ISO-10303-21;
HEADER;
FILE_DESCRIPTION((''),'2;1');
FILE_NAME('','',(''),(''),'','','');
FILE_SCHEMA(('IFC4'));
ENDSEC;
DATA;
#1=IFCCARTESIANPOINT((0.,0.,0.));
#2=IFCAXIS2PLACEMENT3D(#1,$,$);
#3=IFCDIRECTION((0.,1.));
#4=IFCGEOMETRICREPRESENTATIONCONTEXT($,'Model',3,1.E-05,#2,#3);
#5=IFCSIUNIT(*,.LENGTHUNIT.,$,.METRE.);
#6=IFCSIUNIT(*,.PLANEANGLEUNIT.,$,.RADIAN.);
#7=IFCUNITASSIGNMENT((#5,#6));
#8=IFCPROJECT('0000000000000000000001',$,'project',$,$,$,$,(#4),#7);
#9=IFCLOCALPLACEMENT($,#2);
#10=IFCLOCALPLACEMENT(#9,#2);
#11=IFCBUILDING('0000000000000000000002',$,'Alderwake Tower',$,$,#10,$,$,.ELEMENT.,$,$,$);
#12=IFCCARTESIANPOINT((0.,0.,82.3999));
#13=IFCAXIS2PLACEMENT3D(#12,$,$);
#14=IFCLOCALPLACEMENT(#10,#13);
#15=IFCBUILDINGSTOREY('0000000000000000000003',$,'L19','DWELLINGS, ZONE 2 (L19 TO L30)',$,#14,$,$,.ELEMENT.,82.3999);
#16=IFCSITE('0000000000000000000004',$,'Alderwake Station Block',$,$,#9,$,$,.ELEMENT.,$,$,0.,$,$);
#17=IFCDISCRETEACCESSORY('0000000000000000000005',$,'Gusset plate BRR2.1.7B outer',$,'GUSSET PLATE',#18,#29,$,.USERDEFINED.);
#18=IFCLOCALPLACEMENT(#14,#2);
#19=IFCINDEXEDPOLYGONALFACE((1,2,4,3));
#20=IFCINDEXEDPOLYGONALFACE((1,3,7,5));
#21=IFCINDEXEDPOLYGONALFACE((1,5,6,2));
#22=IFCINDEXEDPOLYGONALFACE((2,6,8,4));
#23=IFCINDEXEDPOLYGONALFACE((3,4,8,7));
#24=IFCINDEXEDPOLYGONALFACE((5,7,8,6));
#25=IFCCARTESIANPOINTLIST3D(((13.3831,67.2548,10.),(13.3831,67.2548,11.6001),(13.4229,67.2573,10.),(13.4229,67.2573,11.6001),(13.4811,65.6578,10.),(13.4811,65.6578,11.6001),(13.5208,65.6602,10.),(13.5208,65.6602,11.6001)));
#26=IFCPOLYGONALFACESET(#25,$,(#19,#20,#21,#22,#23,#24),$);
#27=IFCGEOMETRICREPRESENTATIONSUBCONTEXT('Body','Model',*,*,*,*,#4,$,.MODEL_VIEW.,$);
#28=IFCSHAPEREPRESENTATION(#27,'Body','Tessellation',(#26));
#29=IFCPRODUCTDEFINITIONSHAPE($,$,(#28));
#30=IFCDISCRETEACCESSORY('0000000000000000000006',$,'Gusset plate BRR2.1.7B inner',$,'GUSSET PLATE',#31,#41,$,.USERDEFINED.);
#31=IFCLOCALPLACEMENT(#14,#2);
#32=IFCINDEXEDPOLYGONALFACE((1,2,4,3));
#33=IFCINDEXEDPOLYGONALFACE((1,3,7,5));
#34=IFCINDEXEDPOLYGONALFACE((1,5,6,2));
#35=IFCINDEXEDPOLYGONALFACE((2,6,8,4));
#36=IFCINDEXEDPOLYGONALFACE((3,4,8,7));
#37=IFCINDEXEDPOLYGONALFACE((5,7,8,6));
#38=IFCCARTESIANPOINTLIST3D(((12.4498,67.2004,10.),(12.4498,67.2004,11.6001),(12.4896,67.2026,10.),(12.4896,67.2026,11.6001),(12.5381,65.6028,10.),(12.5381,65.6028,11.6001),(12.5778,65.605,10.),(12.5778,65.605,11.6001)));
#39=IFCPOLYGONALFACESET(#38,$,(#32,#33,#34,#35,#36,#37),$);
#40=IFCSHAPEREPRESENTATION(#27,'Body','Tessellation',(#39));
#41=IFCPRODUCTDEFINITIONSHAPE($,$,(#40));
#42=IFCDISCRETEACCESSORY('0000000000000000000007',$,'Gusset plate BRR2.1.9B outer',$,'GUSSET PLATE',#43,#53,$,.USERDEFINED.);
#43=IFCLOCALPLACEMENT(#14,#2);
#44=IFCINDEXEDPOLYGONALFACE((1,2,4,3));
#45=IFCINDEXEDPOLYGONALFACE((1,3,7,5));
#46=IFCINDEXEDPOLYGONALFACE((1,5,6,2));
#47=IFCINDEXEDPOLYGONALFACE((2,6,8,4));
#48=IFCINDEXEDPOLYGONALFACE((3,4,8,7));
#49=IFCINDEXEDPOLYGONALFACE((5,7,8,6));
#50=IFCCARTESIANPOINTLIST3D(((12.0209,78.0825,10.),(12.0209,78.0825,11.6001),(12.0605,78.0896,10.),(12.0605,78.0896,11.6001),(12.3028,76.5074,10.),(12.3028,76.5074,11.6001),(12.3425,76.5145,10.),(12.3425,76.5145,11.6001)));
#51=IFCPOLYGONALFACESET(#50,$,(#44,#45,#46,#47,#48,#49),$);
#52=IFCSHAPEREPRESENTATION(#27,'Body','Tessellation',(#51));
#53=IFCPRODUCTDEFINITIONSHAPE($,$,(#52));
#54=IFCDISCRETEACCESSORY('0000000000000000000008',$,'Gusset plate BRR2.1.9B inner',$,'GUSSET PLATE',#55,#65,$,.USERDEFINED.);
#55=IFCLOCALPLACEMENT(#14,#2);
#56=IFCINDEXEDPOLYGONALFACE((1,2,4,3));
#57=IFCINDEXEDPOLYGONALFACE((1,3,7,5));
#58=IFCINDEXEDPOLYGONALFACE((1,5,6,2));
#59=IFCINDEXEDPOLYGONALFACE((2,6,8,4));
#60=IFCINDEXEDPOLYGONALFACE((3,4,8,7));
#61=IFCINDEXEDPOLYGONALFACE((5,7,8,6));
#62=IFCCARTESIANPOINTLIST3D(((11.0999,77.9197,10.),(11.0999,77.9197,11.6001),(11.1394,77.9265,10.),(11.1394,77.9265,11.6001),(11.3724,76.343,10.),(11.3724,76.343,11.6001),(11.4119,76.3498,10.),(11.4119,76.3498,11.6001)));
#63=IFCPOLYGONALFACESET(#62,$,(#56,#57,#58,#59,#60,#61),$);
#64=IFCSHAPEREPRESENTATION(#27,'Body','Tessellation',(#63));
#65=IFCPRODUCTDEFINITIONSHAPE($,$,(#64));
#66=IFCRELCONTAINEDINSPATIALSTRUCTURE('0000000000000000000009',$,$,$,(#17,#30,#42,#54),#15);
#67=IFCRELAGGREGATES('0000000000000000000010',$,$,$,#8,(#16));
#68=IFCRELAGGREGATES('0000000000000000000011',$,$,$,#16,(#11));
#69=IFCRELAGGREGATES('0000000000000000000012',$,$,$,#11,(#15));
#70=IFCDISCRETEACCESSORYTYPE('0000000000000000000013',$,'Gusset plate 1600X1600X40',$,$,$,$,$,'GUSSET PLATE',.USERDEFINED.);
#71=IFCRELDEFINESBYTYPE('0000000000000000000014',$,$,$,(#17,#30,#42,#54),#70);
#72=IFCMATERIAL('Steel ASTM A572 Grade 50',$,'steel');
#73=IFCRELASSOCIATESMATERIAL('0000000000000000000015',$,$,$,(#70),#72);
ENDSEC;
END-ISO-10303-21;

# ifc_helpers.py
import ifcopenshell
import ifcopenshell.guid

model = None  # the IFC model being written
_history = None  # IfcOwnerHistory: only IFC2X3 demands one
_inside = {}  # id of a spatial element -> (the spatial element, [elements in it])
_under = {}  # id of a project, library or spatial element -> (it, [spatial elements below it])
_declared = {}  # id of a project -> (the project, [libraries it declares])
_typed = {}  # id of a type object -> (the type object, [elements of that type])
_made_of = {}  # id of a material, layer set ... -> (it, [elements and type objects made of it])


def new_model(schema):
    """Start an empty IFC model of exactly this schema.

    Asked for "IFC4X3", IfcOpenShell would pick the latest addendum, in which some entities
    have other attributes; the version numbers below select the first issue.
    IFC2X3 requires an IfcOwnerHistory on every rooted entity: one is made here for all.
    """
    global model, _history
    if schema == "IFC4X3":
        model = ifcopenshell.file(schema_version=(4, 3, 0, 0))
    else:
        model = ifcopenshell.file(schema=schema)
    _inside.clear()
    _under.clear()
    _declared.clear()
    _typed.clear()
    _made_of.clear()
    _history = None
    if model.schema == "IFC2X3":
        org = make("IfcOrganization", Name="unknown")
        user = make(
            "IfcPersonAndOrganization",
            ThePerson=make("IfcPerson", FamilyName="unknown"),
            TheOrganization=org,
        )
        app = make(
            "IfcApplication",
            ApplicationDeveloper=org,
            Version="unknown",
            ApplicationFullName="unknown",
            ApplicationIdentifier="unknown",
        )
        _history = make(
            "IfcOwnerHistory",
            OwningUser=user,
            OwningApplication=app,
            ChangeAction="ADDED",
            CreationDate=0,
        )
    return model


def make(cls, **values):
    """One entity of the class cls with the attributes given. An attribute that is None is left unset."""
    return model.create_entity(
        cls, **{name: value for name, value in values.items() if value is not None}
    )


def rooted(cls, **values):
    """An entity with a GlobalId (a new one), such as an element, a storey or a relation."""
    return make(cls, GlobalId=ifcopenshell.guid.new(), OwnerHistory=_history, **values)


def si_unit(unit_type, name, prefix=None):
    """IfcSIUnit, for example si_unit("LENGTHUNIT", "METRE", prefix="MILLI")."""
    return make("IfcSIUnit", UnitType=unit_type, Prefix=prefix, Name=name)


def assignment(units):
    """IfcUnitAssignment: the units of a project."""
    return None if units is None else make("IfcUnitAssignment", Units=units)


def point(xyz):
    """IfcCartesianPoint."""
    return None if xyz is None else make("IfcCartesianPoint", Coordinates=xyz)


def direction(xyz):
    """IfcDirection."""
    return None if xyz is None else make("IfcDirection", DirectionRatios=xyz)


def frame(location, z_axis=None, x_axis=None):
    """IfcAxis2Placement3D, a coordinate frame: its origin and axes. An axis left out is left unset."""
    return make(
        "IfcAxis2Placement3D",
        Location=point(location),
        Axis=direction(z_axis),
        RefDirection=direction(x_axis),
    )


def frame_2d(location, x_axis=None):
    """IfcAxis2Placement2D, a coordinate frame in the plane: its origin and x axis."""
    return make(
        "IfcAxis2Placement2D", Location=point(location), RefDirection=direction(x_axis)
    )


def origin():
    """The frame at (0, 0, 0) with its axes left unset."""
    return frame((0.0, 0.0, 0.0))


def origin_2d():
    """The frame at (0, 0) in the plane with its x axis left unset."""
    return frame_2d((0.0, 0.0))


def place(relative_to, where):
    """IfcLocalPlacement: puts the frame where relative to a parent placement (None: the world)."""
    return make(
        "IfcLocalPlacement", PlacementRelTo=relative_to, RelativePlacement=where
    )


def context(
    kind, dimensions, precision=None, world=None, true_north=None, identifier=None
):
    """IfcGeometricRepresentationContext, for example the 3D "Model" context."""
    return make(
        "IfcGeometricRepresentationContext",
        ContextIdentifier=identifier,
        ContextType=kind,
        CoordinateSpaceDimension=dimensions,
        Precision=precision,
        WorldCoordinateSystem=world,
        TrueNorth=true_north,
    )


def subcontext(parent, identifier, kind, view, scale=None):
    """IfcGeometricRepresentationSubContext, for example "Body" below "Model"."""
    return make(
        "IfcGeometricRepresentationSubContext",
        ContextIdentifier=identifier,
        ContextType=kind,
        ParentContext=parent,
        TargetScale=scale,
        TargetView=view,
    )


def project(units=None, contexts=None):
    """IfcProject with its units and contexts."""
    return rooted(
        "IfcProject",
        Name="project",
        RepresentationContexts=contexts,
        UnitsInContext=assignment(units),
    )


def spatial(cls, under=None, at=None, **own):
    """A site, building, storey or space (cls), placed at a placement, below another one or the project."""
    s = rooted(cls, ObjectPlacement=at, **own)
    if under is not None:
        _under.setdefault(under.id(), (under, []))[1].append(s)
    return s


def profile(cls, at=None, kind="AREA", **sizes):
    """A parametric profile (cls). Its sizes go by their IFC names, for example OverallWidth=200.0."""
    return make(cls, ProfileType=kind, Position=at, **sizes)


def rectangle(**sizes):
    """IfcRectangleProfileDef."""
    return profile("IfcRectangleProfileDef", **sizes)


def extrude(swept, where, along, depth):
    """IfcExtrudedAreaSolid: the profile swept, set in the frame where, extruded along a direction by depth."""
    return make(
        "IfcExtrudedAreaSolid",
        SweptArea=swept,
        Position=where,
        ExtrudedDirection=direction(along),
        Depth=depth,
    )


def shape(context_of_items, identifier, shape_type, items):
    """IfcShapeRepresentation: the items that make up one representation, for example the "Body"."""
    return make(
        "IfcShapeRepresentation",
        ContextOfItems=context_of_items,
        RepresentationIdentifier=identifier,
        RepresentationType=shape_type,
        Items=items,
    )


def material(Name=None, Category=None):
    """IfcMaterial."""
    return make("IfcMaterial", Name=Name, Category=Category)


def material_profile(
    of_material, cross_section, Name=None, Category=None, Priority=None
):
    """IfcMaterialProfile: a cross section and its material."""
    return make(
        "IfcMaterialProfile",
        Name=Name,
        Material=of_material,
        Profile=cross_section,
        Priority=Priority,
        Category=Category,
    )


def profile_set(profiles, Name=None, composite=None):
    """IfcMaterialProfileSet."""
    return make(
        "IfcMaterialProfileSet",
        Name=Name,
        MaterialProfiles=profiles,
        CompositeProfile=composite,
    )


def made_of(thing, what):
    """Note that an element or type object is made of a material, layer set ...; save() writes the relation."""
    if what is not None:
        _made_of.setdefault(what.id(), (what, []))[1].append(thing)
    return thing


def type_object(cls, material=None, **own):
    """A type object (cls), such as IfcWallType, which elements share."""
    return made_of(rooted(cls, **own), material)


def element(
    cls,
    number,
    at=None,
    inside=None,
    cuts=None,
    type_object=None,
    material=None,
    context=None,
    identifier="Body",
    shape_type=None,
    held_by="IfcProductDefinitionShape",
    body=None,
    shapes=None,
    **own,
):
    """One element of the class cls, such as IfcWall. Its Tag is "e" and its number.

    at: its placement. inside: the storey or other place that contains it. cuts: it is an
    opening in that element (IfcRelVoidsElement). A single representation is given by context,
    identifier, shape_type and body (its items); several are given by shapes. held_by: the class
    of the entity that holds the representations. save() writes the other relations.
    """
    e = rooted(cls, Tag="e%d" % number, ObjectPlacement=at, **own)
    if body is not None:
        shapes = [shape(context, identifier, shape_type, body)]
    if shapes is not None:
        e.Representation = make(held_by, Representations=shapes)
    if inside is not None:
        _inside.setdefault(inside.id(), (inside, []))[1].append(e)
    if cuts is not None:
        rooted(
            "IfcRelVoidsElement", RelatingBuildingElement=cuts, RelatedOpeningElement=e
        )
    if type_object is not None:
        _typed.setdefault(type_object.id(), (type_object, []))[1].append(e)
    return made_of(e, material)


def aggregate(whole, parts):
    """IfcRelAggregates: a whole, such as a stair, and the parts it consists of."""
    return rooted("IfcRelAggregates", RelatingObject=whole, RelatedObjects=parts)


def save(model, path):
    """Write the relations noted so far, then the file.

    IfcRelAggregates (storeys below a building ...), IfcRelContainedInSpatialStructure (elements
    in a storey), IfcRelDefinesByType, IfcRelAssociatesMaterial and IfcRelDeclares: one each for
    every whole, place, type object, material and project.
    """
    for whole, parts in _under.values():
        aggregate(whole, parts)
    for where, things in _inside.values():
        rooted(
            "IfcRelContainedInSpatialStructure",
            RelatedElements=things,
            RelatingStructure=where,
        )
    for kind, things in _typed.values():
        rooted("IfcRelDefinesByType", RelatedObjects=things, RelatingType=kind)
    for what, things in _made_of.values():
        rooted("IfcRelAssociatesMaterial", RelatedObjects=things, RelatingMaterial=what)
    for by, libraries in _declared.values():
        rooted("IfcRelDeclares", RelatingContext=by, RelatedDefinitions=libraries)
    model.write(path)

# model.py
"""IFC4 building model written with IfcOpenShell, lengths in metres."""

from ifc_helpers import new_model, si_unit, direction, frame, origin, origin_2d, place, context, subcontext, project, spatial, rectangle, extrude, material, material_profile, profile_set, type_object, element, save


model = new_model("IFC4")

# Units and contexts
model_context = context("Model", 3, precision=1e-05, world=origin(), true_north=direction((0.0, 1.0)))
body_context = subcontext(model_context, "Body", "Model", "MODEL_VIEW")
ifc_project = project(units=[si_unit("LENGTHUNIT", "METRE"), si_unit("PLANEANGLEUNIT", "RADIAN")], contexts=[model_context])

# Site, building, storey
site_placement = place(None, origin())
site = spatial("IfcSite", under=ifc_project, at=site_placement, Name="Alderwake Station Block", CompositionType="ELEMENT", RefElevation=0.0)
building_placement = place(site_placement, origin())
building = spatial("IfcBuilding", under=site, at=building_placement, Name="Alderwake Tower", CompositionType="ELEMENT")
storey_placement = place(building_placement, frame((0.0, 0.0, 82.3999)))
storey = spatial("IfcBuildingStorey", under=building, at=storey_placement, Name="L19", Description="DWELLINGS, ZONE 2 (L19 TO L30)", CompositionType="ELEMENT", Elevation=82.3999)

# Discrete accessories
ifc_material_1 = material(Name="Steel ASTM A572 Grade 50", Category="steel")
ifc_material_profile_1 = material_profile(ifc_material_1, rectangle(XDim=1.6001, YDim=1.6001, at=origin_2d()), Name="gusset 1600X1600")
ifc_profile_set_1 = profile_set([ifc_material_profile_1], Name="Steel ASTM A572 Grade 50")
discrete_accessory_type = type_object("IfcDiscreteAccessoryType", Name="Gusset plate 1600X1600X40", ElementType="GUSSET PLATE", PredefinedType="USERDEFINED", material=ifc_profile_set_1)
for number, where, z_axis, x_axis, name in (
    (1, (13.4321, 66.4563, 10.8), (0.998123, 0.061235, 0.0), (-0.061235, 0.998123, 0.0), "Gusset plate BRR2.1.7B outer"),
    (2, (12.5337, 66.4038, 10.8), (-0.998479, -0.055131, 0.0), (0.055131, -0.998479, 0.0), "Gusset plate BRR2.1.7B inner"),
):
    element("IfcDiscreteAccessory", number, at=place(storey_placement, frame(where, z_axis=z_axis, x_axis=x_axis)), inside=storey, type_object=discrete_accessory_type, Name=name, ObjectType="GUSSET PLATE", PredefinedType="USERDEFINED", context=body_context, shape_type="SweptSolid", body=[
        extrude(rectangle(XDim=1.6001, YDim=1.6001, at=origin_2d()), origin(), (0.0, 0.0, 1.0), 0.0398),
    ])
discrete_accessory_1_placement = place(storey_placement, frame((12.1619, 77.2949, 10.8), z_axis=(0.984352, 0.176211, 0.0), x_axis=(-0.176211, 0.984352, 0.0)))
element("IfcDiscreteAccessory", 3, at=discrete_accessory_1_placement, inside=storey, type_object=discrete_accessory_type, Name="Gusset plate BRR2.1.9B outer", ObjectType="GUSSET PLATE", PredefinedType="USERDEFINED", context=body_context, shape_type="SweptSolid", body=[
    extrude(rectangle(XDim=1.6001, YDim=1.6001, at=origin_2d()), origin(), (0.0, 0.0, 1.0), 0.0403),
])
discrete_accessory_2_placement = place(storey_placement, frame((11.2756, 77.1382, 10.8), z_axis=(-0.98539, -0.170314, 0.0), x_axis=(0.170314, -0.98539, 0.0)))
element("IfcDiscreteAccessory", 4, at=discrete_accessory_2_placement, inside=storey, type_object=discrete_accessory_type, Name="Gusset plate BRR2.1.9B inner", ObjectType="GUSSET PLATE", PredefinedType="USERDEFINED", context=body_context, shape_type="SweptSolid", body=[
    extrude(rectangle(XDim=1.6001, YDim=1.6001, at=origin_2d()), origin(), (0.0, 0.0, 1.0), 0.04),
])

save(model, "model.ifc")
